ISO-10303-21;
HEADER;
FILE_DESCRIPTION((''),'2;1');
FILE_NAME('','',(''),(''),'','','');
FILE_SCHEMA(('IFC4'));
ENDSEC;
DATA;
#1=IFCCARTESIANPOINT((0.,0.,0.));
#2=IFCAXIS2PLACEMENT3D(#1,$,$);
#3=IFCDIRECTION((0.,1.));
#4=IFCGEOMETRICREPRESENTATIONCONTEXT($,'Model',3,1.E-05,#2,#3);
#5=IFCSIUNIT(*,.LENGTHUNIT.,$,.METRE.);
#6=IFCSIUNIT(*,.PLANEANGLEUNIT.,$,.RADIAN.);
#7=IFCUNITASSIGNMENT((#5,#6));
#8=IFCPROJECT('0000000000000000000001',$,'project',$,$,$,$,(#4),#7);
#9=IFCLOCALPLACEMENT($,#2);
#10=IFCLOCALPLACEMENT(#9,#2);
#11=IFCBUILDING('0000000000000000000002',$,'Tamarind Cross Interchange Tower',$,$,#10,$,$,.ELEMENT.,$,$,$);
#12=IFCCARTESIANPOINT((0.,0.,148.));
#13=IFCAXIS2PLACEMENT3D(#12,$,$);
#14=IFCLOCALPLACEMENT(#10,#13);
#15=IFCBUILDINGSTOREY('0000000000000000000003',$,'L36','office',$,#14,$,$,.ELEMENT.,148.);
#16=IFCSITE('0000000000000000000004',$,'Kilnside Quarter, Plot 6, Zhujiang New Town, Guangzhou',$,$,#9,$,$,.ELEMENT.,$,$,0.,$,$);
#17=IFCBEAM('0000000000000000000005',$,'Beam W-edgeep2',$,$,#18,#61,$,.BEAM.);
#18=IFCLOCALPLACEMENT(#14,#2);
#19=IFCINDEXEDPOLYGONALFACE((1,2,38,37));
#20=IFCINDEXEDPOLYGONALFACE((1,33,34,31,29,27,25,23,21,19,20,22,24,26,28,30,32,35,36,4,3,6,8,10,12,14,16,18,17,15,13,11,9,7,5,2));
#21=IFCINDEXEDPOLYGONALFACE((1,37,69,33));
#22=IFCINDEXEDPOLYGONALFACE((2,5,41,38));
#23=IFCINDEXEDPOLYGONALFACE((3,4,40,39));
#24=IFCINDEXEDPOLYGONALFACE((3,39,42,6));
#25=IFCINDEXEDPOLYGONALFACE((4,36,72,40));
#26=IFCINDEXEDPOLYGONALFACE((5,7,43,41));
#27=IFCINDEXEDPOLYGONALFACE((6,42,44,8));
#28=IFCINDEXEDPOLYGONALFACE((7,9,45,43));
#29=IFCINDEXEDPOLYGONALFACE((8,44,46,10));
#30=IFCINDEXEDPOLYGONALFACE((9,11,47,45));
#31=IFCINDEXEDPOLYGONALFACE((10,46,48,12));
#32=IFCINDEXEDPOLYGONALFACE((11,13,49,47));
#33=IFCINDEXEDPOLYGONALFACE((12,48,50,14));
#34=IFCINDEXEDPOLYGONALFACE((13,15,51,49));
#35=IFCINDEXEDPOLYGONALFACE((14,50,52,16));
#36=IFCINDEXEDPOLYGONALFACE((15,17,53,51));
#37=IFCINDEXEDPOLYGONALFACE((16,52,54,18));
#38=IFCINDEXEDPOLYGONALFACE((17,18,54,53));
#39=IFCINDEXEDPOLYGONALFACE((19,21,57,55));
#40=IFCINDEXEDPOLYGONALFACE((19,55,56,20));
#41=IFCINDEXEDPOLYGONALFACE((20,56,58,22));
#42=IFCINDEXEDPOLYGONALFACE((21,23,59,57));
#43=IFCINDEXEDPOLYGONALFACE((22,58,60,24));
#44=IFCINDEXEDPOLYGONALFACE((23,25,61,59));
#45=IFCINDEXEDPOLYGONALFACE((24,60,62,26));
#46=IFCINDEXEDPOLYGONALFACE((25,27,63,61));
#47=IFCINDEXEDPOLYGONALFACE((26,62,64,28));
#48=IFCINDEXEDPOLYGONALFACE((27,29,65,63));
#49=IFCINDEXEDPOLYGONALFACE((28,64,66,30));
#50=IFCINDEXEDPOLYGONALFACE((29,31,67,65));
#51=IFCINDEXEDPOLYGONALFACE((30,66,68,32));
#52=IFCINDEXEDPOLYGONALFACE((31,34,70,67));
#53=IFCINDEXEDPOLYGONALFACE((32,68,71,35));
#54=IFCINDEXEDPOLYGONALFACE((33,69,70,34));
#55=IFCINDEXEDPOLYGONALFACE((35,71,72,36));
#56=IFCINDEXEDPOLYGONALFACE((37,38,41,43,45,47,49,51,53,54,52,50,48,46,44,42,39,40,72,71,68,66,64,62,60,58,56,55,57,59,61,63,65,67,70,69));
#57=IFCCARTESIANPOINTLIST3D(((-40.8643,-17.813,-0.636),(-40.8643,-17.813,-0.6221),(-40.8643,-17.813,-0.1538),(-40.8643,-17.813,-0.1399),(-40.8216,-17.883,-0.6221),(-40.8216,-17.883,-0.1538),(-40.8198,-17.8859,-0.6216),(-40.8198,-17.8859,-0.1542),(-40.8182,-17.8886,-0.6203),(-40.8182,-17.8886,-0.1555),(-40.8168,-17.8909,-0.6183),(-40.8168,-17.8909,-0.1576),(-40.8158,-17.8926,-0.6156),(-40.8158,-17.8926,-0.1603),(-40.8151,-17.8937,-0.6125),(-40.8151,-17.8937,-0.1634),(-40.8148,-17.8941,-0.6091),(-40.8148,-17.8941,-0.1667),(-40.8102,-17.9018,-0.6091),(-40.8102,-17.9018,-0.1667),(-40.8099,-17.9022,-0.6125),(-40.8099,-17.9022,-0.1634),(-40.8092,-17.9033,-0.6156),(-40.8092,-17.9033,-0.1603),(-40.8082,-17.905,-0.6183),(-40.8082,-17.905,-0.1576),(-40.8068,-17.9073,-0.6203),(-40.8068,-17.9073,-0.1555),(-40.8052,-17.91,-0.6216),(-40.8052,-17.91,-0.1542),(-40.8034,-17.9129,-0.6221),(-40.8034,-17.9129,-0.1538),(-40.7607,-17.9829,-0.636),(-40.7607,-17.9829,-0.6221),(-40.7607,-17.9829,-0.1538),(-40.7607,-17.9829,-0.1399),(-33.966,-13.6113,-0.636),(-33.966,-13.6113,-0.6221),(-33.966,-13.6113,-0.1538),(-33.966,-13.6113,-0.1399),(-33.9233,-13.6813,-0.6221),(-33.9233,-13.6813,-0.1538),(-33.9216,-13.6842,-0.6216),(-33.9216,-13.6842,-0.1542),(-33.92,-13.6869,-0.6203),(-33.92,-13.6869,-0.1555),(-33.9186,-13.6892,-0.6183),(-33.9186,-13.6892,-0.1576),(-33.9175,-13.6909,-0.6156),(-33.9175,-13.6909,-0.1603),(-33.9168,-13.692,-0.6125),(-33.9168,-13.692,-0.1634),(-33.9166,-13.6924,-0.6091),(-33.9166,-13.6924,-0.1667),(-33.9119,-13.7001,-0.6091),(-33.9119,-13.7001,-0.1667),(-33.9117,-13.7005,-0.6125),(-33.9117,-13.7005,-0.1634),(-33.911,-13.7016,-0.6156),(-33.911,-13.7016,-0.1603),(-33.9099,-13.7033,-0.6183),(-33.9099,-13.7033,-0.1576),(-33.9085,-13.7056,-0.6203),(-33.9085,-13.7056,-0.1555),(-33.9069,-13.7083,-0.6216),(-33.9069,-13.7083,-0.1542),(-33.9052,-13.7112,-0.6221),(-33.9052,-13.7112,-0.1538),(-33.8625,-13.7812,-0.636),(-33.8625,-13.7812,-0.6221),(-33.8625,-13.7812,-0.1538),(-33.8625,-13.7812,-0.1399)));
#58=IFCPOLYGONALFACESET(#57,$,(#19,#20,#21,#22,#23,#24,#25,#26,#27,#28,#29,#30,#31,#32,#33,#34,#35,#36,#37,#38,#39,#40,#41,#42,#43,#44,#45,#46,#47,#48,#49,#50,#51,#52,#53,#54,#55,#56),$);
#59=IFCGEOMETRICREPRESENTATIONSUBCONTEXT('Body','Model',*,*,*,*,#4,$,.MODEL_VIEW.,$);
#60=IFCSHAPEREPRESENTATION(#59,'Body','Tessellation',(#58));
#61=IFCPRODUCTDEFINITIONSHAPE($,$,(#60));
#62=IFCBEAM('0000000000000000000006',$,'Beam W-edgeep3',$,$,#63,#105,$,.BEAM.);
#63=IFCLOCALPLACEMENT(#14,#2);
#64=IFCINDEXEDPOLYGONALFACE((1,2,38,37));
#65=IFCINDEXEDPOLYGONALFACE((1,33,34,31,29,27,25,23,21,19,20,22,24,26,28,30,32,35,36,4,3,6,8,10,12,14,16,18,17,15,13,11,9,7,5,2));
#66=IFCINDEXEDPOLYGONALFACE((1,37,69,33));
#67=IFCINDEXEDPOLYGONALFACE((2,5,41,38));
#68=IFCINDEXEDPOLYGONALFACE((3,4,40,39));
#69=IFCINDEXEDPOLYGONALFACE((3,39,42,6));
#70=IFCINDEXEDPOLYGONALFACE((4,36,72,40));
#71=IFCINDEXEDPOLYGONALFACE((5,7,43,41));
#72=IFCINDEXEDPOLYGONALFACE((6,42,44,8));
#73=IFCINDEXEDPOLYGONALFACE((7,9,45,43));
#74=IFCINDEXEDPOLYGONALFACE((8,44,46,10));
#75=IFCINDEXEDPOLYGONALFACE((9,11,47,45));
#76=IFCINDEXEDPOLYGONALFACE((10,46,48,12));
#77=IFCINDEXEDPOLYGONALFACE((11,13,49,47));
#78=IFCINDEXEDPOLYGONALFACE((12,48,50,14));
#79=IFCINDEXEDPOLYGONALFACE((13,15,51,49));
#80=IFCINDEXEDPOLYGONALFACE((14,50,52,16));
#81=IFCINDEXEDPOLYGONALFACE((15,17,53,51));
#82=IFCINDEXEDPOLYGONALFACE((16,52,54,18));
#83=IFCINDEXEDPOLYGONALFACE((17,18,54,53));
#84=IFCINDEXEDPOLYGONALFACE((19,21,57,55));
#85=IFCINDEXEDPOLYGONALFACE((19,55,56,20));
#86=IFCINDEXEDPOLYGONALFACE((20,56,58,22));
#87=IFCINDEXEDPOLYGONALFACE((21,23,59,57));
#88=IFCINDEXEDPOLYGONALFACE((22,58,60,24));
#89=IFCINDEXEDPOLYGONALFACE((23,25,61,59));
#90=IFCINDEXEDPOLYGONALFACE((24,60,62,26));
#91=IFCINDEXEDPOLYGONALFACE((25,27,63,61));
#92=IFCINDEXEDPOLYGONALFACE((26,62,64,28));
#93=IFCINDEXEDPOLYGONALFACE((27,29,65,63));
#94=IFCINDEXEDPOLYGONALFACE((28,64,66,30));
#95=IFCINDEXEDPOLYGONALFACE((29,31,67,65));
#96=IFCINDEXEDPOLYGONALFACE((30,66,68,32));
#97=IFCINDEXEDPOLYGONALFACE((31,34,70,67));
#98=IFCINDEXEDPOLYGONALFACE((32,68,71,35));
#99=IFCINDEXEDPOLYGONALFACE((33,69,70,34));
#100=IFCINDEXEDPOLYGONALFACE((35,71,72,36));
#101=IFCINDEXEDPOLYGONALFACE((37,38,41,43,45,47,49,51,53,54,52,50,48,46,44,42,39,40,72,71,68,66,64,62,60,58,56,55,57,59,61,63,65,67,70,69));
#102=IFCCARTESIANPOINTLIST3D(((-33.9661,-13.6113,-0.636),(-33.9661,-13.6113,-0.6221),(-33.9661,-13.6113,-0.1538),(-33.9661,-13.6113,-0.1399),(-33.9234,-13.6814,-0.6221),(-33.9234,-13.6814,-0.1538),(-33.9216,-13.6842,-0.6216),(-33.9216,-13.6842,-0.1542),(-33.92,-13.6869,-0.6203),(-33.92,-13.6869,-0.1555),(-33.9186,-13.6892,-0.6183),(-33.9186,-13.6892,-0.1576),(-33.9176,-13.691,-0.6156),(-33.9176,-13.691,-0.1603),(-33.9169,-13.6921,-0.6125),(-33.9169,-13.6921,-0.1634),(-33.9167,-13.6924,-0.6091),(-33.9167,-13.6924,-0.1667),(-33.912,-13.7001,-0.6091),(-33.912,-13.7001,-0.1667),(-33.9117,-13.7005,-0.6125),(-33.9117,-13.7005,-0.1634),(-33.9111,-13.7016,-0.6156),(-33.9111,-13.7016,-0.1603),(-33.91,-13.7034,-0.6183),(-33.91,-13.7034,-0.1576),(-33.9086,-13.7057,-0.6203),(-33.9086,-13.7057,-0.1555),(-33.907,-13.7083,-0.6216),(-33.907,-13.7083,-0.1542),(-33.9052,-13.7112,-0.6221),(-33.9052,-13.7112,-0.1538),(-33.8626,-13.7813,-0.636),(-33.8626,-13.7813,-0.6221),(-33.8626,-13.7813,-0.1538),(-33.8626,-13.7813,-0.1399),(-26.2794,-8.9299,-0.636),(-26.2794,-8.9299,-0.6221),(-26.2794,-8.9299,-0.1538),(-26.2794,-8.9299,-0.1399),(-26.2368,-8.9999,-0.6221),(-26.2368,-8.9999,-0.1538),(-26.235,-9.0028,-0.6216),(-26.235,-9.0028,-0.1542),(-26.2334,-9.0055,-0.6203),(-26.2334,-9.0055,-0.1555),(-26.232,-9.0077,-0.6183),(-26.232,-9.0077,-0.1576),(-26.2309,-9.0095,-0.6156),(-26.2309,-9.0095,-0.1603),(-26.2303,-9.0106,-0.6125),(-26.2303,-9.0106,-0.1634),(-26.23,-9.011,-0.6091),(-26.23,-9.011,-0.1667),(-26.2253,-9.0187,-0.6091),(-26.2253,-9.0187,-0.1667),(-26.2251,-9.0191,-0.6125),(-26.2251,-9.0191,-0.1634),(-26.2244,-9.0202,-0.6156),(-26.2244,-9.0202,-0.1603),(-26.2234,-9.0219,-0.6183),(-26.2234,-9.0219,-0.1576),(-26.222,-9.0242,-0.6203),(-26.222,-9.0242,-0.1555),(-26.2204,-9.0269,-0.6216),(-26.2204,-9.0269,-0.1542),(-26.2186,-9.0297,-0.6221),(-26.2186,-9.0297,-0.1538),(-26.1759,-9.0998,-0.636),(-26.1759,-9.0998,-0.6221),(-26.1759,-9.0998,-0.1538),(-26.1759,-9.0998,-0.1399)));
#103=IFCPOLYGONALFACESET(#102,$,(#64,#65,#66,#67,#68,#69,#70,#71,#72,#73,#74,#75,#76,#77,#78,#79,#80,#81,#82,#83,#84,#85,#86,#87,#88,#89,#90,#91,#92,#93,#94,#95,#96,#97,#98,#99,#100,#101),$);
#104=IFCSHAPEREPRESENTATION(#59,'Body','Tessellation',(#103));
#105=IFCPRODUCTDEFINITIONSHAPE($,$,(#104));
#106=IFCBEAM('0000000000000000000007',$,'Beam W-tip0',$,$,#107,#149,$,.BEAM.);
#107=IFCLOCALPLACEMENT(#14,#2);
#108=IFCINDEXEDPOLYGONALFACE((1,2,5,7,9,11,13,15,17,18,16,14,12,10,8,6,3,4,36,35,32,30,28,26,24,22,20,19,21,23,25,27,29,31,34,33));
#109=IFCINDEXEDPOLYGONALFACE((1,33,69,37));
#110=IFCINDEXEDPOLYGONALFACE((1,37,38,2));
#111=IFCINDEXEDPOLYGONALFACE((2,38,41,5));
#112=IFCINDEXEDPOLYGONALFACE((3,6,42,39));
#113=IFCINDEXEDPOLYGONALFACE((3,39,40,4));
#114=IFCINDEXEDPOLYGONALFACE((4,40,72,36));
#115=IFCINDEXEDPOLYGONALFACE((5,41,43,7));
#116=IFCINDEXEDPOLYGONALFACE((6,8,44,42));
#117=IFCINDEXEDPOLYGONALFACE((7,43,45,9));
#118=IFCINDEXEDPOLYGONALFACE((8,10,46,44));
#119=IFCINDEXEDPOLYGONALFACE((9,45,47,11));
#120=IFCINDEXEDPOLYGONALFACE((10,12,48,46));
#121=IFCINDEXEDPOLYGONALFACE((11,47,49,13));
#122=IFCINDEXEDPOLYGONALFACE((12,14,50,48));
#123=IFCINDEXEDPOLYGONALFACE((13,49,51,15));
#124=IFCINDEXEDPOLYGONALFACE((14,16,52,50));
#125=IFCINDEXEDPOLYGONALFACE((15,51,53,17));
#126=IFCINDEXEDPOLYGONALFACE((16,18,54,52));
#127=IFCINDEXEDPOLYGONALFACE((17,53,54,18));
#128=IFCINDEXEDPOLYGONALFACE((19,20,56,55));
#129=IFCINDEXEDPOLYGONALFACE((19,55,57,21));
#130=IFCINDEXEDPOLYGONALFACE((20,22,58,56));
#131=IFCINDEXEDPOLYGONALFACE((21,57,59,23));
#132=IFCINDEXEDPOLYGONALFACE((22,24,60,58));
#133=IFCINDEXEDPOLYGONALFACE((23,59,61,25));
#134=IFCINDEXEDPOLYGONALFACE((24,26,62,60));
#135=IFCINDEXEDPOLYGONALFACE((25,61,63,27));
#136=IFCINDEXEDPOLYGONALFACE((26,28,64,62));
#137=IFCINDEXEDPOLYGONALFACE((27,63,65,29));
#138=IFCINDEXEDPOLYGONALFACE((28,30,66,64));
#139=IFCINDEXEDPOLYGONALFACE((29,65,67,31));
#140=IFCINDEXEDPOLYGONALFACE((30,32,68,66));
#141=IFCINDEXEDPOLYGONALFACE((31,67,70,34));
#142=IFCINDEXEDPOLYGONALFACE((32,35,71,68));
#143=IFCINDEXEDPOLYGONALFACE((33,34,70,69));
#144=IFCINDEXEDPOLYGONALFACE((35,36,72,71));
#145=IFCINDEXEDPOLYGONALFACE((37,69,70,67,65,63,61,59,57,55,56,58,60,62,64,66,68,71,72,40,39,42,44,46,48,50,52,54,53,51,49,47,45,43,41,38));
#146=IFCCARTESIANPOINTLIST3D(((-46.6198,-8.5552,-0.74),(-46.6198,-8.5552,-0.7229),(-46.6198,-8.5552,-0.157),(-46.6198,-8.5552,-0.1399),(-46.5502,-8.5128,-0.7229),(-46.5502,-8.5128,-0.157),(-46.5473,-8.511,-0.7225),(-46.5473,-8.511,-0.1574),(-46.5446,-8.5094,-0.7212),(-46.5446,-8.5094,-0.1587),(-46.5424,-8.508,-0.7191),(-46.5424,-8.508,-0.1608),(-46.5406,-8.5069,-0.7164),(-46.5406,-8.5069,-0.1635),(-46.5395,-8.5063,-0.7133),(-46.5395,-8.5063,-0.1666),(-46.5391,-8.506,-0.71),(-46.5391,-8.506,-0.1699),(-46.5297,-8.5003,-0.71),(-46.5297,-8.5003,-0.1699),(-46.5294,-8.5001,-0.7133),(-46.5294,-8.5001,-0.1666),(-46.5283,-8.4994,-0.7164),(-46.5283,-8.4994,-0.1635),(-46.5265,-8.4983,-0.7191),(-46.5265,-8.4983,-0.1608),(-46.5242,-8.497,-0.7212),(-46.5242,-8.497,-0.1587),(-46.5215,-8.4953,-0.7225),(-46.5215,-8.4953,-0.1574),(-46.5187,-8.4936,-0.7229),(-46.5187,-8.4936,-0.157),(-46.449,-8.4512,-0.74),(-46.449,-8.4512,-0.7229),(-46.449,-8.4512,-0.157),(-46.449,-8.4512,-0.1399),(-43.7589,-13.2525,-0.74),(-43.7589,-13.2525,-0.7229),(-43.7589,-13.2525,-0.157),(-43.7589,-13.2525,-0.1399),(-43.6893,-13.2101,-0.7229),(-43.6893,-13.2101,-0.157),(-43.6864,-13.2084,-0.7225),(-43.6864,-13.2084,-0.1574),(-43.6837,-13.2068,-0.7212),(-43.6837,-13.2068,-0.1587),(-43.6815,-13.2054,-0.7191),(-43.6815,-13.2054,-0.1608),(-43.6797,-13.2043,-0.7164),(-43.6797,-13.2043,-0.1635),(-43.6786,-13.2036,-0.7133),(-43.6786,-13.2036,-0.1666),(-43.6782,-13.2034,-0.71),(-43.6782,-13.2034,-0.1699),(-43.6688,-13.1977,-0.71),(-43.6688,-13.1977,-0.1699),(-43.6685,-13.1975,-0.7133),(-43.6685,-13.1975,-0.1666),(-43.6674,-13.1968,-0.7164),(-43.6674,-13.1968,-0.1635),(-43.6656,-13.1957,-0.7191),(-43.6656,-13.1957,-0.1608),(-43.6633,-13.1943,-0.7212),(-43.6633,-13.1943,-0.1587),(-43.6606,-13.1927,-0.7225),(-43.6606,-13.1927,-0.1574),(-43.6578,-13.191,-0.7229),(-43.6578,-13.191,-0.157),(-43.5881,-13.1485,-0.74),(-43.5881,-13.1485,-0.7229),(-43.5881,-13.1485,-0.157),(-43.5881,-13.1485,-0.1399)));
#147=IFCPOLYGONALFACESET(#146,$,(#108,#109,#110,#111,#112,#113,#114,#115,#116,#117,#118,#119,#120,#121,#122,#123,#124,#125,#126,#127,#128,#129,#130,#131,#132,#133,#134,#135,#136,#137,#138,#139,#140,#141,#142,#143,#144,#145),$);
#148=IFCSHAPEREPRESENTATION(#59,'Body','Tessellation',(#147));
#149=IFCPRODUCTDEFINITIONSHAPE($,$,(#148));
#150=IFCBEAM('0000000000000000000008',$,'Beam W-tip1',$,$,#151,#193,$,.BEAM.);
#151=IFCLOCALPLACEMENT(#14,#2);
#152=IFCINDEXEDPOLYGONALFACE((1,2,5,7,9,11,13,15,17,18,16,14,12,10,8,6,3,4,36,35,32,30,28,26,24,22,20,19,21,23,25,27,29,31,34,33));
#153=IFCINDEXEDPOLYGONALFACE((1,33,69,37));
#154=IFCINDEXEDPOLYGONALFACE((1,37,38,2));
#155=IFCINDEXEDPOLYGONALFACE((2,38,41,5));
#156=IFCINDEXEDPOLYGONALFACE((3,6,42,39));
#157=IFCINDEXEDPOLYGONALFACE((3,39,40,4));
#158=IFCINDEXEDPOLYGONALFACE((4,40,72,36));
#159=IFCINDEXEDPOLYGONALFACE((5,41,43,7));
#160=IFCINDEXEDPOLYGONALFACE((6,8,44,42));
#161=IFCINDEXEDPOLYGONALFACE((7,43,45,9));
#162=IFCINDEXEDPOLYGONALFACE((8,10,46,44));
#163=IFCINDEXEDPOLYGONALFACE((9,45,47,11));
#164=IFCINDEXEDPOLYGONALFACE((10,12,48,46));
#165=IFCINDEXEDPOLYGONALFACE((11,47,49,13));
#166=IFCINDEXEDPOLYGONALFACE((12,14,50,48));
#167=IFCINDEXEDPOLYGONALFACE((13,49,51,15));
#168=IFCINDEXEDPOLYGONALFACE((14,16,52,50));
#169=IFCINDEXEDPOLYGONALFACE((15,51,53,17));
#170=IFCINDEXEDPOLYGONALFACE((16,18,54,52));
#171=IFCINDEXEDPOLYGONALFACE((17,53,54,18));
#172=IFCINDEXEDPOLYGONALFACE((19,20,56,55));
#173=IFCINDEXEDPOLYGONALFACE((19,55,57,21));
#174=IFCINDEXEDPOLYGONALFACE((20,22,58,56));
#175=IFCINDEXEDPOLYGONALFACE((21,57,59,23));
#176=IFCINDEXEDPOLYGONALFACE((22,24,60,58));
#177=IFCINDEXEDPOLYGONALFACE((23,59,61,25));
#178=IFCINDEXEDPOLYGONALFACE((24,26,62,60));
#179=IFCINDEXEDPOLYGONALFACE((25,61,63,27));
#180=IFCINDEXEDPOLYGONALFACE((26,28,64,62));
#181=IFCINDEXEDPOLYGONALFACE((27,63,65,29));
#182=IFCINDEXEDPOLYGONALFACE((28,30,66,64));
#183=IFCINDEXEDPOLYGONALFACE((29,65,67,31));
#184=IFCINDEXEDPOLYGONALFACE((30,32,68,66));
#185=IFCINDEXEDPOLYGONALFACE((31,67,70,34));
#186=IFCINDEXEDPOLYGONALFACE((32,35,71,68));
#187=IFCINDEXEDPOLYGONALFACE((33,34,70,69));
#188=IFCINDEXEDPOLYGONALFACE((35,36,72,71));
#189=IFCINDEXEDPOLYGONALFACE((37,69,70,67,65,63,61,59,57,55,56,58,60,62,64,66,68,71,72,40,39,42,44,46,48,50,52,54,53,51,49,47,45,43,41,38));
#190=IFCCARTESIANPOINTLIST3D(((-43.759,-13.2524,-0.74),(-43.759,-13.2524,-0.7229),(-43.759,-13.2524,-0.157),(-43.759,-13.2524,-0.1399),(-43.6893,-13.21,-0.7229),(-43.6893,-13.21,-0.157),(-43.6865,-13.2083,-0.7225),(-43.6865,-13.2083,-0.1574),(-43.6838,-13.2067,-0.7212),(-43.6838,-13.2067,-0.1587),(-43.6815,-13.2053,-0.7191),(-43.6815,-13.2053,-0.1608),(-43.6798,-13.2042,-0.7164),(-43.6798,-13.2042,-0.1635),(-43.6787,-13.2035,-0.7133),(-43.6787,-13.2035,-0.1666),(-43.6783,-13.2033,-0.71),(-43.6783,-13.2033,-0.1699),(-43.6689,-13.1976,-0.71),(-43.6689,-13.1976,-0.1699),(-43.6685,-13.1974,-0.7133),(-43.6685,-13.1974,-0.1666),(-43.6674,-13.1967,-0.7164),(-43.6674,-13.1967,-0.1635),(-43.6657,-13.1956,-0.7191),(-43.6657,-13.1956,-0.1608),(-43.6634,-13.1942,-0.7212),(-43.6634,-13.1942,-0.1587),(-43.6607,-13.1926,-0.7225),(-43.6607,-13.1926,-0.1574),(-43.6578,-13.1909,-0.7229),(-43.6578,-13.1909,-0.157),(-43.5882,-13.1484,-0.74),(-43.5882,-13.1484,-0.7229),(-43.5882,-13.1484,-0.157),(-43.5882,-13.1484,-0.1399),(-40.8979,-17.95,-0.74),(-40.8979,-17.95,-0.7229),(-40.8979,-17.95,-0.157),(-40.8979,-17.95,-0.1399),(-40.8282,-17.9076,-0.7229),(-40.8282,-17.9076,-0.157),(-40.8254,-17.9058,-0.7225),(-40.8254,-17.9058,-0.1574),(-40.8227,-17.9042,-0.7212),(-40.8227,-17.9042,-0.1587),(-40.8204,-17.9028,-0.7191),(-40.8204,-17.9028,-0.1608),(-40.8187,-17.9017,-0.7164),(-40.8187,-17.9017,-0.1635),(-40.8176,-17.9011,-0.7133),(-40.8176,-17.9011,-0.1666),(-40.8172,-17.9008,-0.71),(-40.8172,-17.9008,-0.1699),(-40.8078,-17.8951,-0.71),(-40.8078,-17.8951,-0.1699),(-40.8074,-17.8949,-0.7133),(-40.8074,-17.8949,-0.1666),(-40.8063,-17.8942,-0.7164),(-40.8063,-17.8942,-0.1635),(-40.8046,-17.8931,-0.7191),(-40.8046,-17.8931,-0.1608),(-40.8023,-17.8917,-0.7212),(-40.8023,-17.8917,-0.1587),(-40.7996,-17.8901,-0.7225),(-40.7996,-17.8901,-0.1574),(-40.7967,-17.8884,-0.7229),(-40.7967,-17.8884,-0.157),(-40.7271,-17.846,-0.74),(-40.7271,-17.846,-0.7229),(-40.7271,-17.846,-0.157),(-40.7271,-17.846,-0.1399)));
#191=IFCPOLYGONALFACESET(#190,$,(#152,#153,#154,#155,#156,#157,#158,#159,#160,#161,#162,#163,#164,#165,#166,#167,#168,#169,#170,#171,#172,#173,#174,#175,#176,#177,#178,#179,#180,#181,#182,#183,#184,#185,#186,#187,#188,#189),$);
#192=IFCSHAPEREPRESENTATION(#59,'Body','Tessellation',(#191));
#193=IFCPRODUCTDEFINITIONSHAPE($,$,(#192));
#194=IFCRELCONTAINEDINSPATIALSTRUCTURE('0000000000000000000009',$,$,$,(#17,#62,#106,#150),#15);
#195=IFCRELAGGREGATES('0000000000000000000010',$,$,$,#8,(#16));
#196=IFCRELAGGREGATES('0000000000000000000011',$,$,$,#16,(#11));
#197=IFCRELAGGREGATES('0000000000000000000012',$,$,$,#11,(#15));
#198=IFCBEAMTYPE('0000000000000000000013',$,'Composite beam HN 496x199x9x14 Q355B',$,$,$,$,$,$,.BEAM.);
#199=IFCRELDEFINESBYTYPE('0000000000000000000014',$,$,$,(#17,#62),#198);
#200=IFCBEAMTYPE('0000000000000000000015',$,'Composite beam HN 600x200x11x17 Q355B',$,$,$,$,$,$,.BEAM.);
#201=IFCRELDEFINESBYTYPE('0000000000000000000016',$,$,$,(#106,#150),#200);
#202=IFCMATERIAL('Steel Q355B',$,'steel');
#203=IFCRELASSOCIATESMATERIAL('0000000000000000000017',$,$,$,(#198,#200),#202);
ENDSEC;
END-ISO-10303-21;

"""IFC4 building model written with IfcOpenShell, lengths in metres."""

from ifc_helpers import new_model, si_unit, direction, frame, origin, origin_2d, place, context, subcontext, project, spatial, i_section, extrude, material, material_profile, profile_set, type_object, element, save


model = new_model("IFC4")

# Units and contexts
model_context = context("Model", 3, precision=1e-05, world=origin(), true_north=direction((0.0, 1.0)))
body_context = subcontext(model_context, "Body", "Model", "MODEL_VIEW")
ifc_project = project(units=[si_unit("LENGTHUNIT", "METRE"), si_unit("PLANEANGLEUNIT", "RADIAN")], contexts=[model_context])

# Site, building, storey
site_placement = place(None, origin())
site = spatial("IfcSite", under=ifc_project, at=site_placement, Name="Kilnside Quarter, Plot 6, Zhujiang New Town, Guangzhou", CompositionType="ELEMENT", RefElevation=0.0)
building_placement = place(site_placement, origin())
building = spatial("IfcBuilding", under=site, at=building_placement, Name="Tamarind Cross Interchange Tower", CompositionType="ELEMENT")
storey_placement = place(building_placement, frame((0.0, 0.0, 148.0)))
storey = spatial("IfcBuildingStorey", under=building, at=storey_placement, Name="L36", Description="office", CompositionType="ELEMENT", Elevation=148.0)

# Beams
ifc_material_1 = material(Name="Steel Q355B", Category="steel")
ifc_material_profile_1 = material_profile(ifc_material_1, i_section(OverallWidth=0.199, OverallDepth=0.4961, WebThickness=0.009, FlangeThickness=0.0139, FilletRadius=0.0129, at=origin_2d()), Name="HN 496x199x9x14")
ifc_profile_set_1 = profile_set([ifc_material_profile_1], Name="Steel Q355B")
beam_type_1 = type_object("IfcBeamType", Name="Composite beam HN 496x199x9x14 Q355B", PredefinedType="BEAM", material=ifc_profile_set_1)
beam_1_placement = place(storey_placement, frame((-40.8125, -17.8979, -0.3879), z_axis=(0.854047, 0.520196, 0.0), x_axis=(-0.520196, 0.854047, 0.0)))
element("IfcBeam", 1, at=beam_1_placement, inside=storey, type_object=beam_type_1, Name="Beam W-edgeep2", PredefinedType="BEAM", context=body_context, shape_type="SweptSolid", body=[
    extrude(i_section(OverallWidth=0.199, OverallDepth=0.4961, WebThickness=0.009, FlangeThickness=0.0139, FilletRadius=0.0129, at=origin_2d()), origin(), (0.0, 0.0, 1.0), 8.0771),
])
beam_2_placement = place(storey_placement, frame((-33.9143, -13.6963, -0.3879), z_axis=(0.854068, 0.520161, 0.0), x_axis=(-0.520161, 0.854068, 0.0)))
element("IfcBeam", 2, at=beam_2_placement, inside=storey, type_object=beam_type_1, Name="Beam W-edgeep3", PredefinedType="BEAM", context=body_context, shape_type="SweptSolid", body=[
    extrude(i_section(OverallWidth=0.199, OverallDepth=0.4961, WebThickness=0.009, FlangeThickness=0.0139, FilletRadius=0.0129, at=origin_2d()), origin(), (0.0, 0.0, 1.0), 9.0),
])
ifc_material_profile_2 = material_profile(ifc_material_1, i_section(OverallWidth=0.2, OverallDepth=0.6001, WebThickness=0.011, FlangeThickness=0.0171, FilletRadius=0.0129, at=origin_2d()), Name="HN 600x200x11x17")
ifc_profile_set_2 = profile_set([ifc_material_profile_2], Name="Steel Q355B")
beam_type_2 = type_object("IfcBeamType", Name="Composite beam HN 600x200x11x17 Q355B", PredefinedType="BEAM", material=ifc_profile_set_2)
beam_3_placement = place(storey_placement, frame((-46.5344, -8.5032, -0.4399), z_axis=(0.520164, -0.854067, 0.0), x_axis=(0.854067, 0.520164, 0.0)))
element("IfcBeam", 3, at=beam_3_placement, inside=storey, type_object=beam_type_2, Name="Beam W-tip0", PredefinedType="BEAM", context=body_context, shape_type="SweptSolid", body=[
    extrude(i_section(OverallWidth=0.2, OverallDepth=0.6001, WebThickness=0.011, FlangeThickness=0.0171, FilletRadius=0.0129, at=origin_2d()), origin(), (0.0, 0.0, 1.0), 5.5),
])
beam_4_placement = place(storey_placement, frame((-43.6736, -13.2004, -0.4399), z_axis=(0.520176, -0.854059, 0.0), x_axis=(0.854059, 0.520176, 0.0)))
element("IfcBeam", 4, at=beam_4_placement, inside=storey, type_object=beam_type_2, Name="Beam W-tip1", PredefinedType="BEAM", context=body_context, shape_type="SweptSolid", body=[
    extrude(i_section(OverallWidth=0.2, OverallDepth=0.6001, WebThickness=0.011, FlangeThickness=0.0171, FilletRadius=0.0129, at=origin_2d()), origin(), (0.0, 0.0, 1.0), 5.5002),
])

save(model, "model.ifc")
